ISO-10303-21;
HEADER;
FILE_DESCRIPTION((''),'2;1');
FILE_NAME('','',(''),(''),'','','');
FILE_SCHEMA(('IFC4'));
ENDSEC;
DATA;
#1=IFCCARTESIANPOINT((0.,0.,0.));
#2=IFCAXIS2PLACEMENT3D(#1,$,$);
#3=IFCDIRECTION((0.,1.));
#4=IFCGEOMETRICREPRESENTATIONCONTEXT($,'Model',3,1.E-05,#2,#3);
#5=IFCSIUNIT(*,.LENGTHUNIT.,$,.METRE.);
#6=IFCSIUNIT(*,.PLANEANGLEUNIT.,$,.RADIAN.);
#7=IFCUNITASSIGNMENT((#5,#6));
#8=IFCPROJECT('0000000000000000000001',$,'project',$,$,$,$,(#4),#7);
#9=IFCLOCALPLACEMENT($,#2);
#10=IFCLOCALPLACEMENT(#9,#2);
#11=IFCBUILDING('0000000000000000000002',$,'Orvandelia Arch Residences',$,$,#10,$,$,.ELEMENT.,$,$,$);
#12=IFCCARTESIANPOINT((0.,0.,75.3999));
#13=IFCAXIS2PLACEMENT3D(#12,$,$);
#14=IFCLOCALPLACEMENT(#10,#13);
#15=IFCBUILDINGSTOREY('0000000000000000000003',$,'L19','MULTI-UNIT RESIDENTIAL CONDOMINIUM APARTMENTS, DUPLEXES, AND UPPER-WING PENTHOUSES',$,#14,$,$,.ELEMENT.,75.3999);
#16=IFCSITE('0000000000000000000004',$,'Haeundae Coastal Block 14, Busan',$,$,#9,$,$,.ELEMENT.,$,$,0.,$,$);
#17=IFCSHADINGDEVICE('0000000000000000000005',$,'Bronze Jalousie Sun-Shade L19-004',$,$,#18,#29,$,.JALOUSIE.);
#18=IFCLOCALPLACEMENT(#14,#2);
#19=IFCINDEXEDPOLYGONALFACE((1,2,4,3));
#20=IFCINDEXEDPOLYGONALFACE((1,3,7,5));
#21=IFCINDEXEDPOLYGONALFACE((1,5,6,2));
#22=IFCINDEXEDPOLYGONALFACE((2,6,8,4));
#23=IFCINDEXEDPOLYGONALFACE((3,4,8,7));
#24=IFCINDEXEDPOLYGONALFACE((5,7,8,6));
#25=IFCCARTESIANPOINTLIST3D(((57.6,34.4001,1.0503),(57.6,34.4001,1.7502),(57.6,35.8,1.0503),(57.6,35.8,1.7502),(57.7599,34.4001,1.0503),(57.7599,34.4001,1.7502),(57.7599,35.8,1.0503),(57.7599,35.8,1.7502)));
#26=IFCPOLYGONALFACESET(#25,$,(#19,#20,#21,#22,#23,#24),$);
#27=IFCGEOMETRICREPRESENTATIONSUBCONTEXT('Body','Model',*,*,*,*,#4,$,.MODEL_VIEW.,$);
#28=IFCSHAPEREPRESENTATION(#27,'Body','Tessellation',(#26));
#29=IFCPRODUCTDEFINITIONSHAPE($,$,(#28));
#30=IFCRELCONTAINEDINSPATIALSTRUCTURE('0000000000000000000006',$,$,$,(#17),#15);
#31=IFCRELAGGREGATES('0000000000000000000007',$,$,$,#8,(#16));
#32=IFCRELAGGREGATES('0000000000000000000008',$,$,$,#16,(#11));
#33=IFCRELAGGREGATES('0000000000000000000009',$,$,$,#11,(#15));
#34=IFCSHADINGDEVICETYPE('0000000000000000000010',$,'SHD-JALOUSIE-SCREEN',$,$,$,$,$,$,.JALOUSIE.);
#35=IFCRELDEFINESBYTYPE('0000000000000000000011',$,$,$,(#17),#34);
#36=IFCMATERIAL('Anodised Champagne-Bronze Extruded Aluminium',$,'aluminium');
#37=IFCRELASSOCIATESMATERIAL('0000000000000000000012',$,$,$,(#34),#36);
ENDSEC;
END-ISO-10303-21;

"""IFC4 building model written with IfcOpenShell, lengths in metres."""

from ifc_helpers import new_model, si_unit, direction, frame, origin, origin_2d, place, context, subcontext, project, spatial, rectangle, extrude, material, type_object, element, save


model = new_model("IFC4")

# Units and contexts
model_context = context("Model", 3, precision=1e-05, world=origin(), true_north=direction((0.0, 1.0)))
body_context = subcontext(model_context, "Body", "Model", "MODEL_VIEW")
ifc_project = project(units=[si_unit("LENGTHUNIT", "METRE"), si_unit("PLANEANGLEUNIT", "RADIAN")], contexts=[model_context])

# Site, building, storey
site_placement = place(None, origin())
site = spatial("IfcSite", under=ifc_project, at=site_placement, Name="Haeundae Coastal Block 14, Busan", CompositionType="ELEMENT", RefElevation=0.0)
building_placement = place(site_placement, origin())
building = spatial("IfcBuilding", under=site, at=building_placement, Name="Orvandelia Arch Residences", CompositionType="ELEMENT")
storey_placement = place(building_placement, frame((0.0, 0.0, 75.3999)))
storey = spatial("IfcBuildingStorey", under=building, at=storey_placement, Name="L19", Description="MULTI-UNIT RESIDENTIAL CONDOMINIUM APARTMENTS, DUPLEXES, AND UPPER-WING PENTHOUSES", CompositionType="ELEMENT", Elevation=75.3999)

# Shading device
ifc_material_1 = material(Name="Anodised Champagne-Bronze Extruded Aluminium", Category="aluminium")
shading_device_type = type_object("IfcShadingDeviceType", Name="SHD-JALOUSIE-SCREEN", PredefinedType="JALOUSIE", material=ifc_material_1)
shading_device_placement = place(storey_placement, frame((57.6799, 35.1001, 1.0503), z_axis=(0.0, 0.0, 1.0), x_axis=(0.0, -1.0, 0.0)))
element("IfcShadingDevice", 1, at=shading_device_placement, inside=storey, type_object=shading_device_type, Name="Bronze Jalousie Sun-Shade L19-004", PredefinedType="JALOUSIE", context=body_context, shape_type="SweptSolid", body=[
    extrude(rectangle(XDim=1.3999, YDim=0.1599, at=origin_2d()), origin(), (0.0, 0.0, 1.0), 0.7),
])

save(model, "model.ifc")
